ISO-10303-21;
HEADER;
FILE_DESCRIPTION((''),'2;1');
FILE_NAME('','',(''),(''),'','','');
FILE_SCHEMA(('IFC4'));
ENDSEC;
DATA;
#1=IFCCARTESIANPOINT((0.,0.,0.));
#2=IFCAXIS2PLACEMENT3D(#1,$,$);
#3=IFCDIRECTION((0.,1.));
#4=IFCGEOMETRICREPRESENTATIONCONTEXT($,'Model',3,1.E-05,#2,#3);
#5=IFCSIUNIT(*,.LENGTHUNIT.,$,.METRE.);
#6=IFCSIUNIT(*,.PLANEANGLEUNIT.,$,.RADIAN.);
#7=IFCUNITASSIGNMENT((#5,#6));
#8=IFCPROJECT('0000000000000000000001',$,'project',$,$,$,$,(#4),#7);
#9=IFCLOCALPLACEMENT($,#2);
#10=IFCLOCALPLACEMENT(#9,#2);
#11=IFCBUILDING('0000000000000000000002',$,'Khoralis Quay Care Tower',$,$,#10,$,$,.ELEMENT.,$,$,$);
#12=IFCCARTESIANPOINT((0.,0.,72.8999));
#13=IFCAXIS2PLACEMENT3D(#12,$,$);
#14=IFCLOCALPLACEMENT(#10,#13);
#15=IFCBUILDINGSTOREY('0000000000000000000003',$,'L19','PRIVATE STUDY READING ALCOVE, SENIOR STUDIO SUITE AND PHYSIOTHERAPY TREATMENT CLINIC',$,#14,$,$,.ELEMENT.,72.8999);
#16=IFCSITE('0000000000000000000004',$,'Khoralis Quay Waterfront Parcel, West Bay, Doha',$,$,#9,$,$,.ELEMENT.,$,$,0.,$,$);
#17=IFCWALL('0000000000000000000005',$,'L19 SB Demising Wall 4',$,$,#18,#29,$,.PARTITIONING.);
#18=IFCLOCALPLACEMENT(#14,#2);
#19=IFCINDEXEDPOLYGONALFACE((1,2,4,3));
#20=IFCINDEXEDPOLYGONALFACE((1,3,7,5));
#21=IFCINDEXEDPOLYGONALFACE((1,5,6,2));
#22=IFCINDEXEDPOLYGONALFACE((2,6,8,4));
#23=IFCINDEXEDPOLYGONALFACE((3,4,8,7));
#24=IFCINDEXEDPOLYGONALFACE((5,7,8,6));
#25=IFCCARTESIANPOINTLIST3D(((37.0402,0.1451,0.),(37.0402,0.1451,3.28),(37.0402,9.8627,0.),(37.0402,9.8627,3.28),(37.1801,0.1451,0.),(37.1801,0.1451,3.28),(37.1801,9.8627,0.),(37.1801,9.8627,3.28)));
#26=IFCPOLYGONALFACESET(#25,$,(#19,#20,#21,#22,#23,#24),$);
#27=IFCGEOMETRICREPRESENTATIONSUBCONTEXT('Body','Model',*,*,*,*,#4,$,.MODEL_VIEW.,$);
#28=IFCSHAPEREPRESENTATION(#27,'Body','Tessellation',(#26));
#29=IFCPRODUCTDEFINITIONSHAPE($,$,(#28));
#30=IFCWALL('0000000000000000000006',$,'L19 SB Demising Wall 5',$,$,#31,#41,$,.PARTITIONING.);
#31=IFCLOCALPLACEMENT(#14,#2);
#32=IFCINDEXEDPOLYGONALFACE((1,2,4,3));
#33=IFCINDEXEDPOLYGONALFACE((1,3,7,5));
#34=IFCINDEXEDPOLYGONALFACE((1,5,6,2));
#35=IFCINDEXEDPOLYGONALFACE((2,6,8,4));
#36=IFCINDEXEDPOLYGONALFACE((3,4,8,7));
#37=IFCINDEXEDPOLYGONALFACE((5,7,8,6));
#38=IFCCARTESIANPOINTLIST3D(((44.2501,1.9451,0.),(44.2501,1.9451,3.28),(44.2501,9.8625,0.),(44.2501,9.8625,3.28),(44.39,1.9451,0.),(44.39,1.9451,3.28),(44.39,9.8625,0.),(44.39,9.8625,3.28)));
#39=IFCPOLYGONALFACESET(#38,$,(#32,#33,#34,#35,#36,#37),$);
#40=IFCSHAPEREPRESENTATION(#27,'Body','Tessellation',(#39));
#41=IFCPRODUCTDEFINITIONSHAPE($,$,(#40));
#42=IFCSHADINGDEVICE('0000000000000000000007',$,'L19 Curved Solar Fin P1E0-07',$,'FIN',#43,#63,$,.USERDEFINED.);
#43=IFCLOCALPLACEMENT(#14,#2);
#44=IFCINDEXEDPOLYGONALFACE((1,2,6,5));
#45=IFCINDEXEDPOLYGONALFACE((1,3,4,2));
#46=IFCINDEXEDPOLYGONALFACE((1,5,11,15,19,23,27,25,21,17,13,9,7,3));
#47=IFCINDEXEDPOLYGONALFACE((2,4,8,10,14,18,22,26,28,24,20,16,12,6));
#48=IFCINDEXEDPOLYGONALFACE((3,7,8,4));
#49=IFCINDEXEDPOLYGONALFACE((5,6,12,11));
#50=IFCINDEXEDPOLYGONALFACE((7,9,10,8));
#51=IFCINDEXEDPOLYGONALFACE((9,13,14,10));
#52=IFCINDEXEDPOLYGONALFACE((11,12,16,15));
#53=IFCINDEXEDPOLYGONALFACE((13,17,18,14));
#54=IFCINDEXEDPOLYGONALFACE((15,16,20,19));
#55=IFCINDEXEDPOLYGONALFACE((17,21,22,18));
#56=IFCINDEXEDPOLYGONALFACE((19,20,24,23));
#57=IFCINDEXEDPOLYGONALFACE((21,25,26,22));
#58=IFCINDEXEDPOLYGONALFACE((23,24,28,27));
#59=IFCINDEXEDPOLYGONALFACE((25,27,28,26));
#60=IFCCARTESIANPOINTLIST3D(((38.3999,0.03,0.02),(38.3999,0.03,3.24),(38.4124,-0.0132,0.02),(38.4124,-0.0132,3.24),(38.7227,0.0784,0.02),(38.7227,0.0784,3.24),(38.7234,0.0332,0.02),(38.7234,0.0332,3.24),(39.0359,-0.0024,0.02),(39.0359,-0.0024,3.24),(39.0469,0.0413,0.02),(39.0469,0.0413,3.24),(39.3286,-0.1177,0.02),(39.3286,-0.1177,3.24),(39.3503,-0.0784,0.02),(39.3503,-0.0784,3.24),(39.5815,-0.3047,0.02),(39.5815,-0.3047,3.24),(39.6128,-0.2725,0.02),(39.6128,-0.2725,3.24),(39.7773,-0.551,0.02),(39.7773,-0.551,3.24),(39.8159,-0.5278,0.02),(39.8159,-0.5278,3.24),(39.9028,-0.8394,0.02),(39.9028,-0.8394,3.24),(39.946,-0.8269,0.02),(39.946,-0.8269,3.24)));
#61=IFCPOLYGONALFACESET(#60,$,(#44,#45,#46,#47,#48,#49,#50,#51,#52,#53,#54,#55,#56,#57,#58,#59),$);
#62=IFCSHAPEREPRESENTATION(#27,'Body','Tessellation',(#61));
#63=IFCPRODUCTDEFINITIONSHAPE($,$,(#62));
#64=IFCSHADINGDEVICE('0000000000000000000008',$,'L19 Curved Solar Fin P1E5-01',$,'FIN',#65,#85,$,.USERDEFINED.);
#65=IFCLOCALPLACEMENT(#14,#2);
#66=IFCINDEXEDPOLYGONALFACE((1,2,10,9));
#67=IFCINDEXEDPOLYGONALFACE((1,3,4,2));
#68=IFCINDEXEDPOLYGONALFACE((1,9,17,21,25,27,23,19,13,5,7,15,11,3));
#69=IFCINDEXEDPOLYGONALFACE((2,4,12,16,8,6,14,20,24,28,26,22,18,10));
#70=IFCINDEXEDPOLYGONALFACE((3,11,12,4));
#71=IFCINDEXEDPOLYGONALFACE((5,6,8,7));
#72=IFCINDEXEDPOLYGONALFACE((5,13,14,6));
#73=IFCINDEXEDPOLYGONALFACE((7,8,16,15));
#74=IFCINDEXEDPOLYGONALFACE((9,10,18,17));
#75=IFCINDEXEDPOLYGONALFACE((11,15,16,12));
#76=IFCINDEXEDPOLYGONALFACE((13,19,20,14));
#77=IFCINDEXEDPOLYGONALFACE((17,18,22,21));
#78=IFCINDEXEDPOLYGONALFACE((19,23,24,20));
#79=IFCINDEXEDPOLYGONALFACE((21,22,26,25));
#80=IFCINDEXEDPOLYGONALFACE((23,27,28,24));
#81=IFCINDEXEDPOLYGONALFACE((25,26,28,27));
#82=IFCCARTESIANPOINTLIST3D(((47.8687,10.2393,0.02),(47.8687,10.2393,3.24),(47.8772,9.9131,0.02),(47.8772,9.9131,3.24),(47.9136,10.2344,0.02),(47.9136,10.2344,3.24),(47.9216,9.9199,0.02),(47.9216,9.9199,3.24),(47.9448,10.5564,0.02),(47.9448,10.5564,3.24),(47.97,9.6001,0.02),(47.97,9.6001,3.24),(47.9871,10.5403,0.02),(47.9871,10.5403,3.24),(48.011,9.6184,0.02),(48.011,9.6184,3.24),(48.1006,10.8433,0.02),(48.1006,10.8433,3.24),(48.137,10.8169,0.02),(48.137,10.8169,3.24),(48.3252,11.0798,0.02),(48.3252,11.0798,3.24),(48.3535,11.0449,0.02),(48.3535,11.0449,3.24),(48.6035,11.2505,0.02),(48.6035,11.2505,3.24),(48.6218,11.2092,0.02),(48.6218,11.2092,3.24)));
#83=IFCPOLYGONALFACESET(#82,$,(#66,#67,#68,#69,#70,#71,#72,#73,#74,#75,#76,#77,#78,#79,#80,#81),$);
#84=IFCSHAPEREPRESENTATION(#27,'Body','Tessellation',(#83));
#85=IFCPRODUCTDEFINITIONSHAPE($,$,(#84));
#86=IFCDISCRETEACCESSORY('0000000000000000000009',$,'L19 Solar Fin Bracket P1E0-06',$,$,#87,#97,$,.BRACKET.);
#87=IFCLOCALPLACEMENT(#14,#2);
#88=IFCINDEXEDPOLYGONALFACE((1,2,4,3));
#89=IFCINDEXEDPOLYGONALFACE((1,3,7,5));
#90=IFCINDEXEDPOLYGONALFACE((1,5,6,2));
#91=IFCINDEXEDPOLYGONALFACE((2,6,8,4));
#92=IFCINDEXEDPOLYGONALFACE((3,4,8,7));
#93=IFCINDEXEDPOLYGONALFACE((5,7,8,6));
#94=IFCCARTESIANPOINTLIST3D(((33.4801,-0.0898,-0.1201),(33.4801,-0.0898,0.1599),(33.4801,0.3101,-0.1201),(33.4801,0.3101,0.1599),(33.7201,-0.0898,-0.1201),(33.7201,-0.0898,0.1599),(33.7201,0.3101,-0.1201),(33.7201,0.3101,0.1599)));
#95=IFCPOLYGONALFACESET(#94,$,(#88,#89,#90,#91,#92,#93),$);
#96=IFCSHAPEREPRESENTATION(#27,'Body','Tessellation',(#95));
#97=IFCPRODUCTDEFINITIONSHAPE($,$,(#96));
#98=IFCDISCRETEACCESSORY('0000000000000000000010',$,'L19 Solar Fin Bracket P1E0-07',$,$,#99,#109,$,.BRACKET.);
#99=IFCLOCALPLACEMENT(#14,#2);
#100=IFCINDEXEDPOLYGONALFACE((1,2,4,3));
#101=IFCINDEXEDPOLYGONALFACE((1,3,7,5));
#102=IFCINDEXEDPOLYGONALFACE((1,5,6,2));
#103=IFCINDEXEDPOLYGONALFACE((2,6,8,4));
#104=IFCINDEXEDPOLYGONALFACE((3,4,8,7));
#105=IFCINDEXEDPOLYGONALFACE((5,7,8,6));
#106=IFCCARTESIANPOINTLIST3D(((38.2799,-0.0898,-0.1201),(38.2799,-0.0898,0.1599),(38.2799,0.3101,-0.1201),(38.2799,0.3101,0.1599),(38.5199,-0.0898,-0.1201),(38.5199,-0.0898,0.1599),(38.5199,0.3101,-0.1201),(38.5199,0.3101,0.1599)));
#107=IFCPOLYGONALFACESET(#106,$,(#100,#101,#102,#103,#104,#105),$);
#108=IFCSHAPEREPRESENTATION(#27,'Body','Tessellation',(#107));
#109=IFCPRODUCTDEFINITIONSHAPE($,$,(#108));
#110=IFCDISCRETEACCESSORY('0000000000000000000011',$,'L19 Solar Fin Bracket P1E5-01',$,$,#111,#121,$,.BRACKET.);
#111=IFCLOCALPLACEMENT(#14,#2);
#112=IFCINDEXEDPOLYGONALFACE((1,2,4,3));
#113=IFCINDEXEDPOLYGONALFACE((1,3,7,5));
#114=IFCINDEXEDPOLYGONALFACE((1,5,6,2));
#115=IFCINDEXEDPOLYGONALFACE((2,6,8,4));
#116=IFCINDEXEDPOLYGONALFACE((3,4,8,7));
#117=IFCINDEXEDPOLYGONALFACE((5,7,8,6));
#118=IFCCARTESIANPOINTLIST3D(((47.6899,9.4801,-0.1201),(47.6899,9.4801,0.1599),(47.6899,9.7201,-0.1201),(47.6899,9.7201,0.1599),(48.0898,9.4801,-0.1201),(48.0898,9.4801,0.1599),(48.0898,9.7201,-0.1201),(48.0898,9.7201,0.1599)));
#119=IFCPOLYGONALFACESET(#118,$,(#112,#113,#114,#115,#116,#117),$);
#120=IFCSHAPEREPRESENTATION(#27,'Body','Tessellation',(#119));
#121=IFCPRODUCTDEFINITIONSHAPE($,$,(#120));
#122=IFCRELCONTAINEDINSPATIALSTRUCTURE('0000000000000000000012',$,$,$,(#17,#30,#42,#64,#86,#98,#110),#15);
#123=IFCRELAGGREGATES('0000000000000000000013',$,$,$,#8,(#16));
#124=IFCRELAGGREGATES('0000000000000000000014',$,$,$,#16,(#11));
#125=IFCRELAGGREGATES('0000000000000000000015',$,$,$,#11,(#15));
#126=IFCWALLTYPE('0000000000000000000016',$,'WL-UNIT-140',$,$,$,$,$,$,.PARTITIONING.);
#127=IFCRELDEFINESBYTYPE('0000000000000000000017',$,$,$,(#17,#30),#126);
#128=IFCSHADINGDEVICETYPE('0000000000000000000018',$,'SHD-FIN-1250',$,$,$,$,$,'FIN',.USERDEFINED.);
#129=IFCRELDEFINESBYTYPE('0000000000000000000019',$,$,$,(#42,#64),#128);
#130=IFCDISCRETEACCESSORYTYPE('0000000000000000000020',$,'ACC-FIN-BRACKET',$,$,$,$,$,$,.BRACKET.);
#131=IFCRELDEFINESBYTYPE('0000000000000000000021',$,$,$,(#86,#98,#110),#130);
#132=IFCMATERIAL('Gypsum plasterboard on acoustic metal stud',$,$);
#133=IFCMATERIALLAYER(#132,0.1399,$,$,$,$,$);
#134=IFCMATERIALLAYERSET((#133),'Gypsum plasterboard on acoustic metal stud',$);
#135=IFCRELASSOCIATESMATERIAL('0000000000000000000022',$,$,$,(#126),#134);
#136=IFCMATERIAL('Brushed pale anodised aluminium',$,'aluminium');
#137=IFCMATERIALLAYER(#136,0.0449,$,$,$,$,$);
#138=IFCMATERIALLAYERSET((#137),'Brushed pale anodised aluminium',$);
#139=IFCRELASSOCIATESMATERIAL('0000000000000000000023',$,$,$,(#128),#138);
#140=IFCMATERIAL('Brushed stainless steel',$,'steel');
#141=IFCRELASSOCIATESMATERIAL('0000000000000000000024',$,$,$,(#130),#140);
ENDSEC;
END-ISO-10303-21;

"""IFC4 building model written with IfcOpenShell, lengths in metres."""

from ifc_helpers import new_model, si_unit, direction, frame, frame_2d, origin, origin_2d, place, context, subcontext, project, spatial, polyline, rectangle, outline, extrude, source, transform, mapped, material, layer, layer_set, type_object, element, save


model = new_model("IFC4")

# Units and contexts
model_context = context("Model", 3, precision=1e-05, world=origin(), true_north=direction((0.0, 1.0)))
body_context = subcontext(model_context, "Body", "Model", "MODEL_VIEW")
ifc_project = project(units=[si_unit("LENGTHUNIT", "METRE"), si_unit("PLANEANGLEUNIT", "RADIAN")], contexts=[model_context])

# Site, building, storey
site_placement = place(None, origin())
site = spatial("IfcSite", under=ifc_project, at=site_placement, Name="Khoralis Quay Waterfront Parcel, West Bay, Doha", CompositionType="ELEMENT", RefElevation=0.0)
building_placement = place(site_placement, origin())
building = spatial("IfcBuilding", under=site, at=building_placement, Name="Khoralis Quay Care Tower", CompositionType="ELEMENT")
storey_placement = place(building_placement, frame((0.0, 0.0, 72.8999)))
storey = spatial("IfcBuildingStorey", under=building, at=storey_placement, Name="L19", Description="PRIVATE STUDY READING ALCOVE, SENIOR STUDIO SUITE AND PHYSIOTHERAPY TREATMENT CLINIC", CompositionType="ELEMENT", Elevation=72.8999)

# Shared definitions
ifc_material_1 = material(Name="Gypsum plasterboard on acoustic metal stud")

# Walls
ifc_layer_1 = layer(ifc_material_1, 0.1399)
ifc_layer_set_1 = layer_set([ifc_layer_1], Name="Gypsum plasterboard on acoustic metal stud")
wall_type_1 = type_object("IfcWallType", Name="WL-UNIT-140", PredefinedType="PARTITIONING", material=ifc_layer_set_1)
wall_1_placement = place(storey_placement, frame((37.1101, 0.145, 0.0), z_axis=(0.0, 0.0, 1.0), x_axis=(0.0, 1.0, 0.0)))
element("IfcWall", 1, at=wall_1_placement, inside=storey, type_object=wall_type_1, Name="L19 SB Demising Wall 4", PredefinedType="PARTITIONING", context=body_context, shape_type="SweptSolid", body=[
    extrude(rectangle(XDim=9.7175, YDim=0.1399, at=frame_2d((4.8589, 0.0))), origin(), (0.0, 0.0, 1.0), 3.28),
])
wall_2_placement = place(storey_placement, frame((44.3201, 1.9451, 0.0), z_axis=(0.0, 0.0, 1.0), x_axis=(0.0, 1.0, 0.0)))
element("IfcWall", 2, at=wall_2_placement, inside=storey, type_object=wall_type_1, Name="L19 SB Demising Wall 5", PredefinedType="PARTITIONING", context=body_context, shape_type="SweptSolid", body=[
    extrude(rectangle(XDim=7.9175, YDim=0.1399, at=frame_2d((3.9587, 0.0))), origin(), (0.0, 0.0, 1.0), 3.28),
])

# Shading devices
ifc_material_2 = material(Name="Brushed pale anodised aluminium", Category="aluminium")
ifc_layer_2 = layer(ifc_material_2, 0.0449)
ifc_layer_set_2 = layer_set([ifc_layer_2], Name="Brushed pale anodised aluminium")
shading_device_type = type_object("IfcShadingDeviceType", Name="SHD-FIN-1250", ElementType="FIN", PredefinedType="USERDEFINED", material=ifc_layer_set_2)
shared_shape_1 = source(origin(), body_context, "Body", "SweptSolid", [
    extrude(outline(polyline([(0.0, 0.0), (-0.0483, 0.3228), (-0.0112, 0.647), (0.1084, 0.9504), (0.3025, 1.2129), (0.5579, 1.416), (0.8569, 1.5461), (0.8694, 1.5029), (0.5811, 1.3774), (0.3347, 1.1816), (0.1477, 0.9287), (0.0325, 0.636), (-0.0032, 0.3235), (0.0432, 0.0125), (0.0, 0.0)])), origin(), (0.0, 0.0, 1.0), 3.22),
])
shading_device_1_placement = place(storey_placement, frame((38.3999, 0.03, 0.02), z_axis=(0.0, 0.0, 1.0), x_axis=(0.0, -1.0, 0.0)))
element("IfcShadingDevice", 3, at=shading_device_1_placement, inside=storey, type_object=shading_device_type, Name="L19 Curved Solar Fin P1E0-07", ObjectType="FIN", PredefinedType="USERDEFINED", context=body_context, shape_type="MappedRepresentation", body=[
    mapped(shared_shape_1, transform((0.0, 0.0, 0.0), scale=1.0)),
])
shared_shape_2 = source(origin(), body_context, "Body", "SweptSolid", [
    extrude(outline(polyline([(0.0, 0.0), (-0.0928, 0.313), (-0.1013, 0.6392), (-0.0251, 0.9563), (0.1306, 1.2432), (0.3552, 1.4797), (0.6335, 1.6504), (0.6519, 1.6091), (0.3835, 1.4448), (0.167, 1.2168), (0.0171, 0.9402), (-0.0564, 0.6343), (-0.0483, 0.3198), (0.041, 0.0183), (0.0, 0.0)])), origin(), (0.0, 0.0, 1.0), 3.22),
])
shading_device_2_placement = place(storey_placement, frame((47.97, 9.6001, 0.02), z_axis=(0.0, 0.0, 1.0), x_axis=(1.0, 0.0, 0.0)))
element("IfcShadingDevice", 4, at=shading_device_2_placement, inside=storey, type_object=shading_device_type, Name="L19 Curved Solar Fin P1E5-01", ObjectType="FIN", PredefinedType="USERDEFINED", context=body_context, shape_type="MappedRepresentation", body=[
    mapped(shared_shape_2, transform((0.0, 0.0, 0.0), scale=1.0)),
])

# Discrete accessories
ifc_material_3 = material(Name="Brushed stainless steel", Category="steel")
discrete_accessory_type = type_object("IfcDiscreteAccessoryType", Name="ACC-FIN-BRACKET", PredefinedType="BRACKET", material=ifc_material_3)
shared_shape_3 = source(origin(), body_context, "Body", "SweptSolid", [
    extrude(rectangle(XDim=0.3999, YDim=0.24, at=origin_2d()), origin(), (0.0, 0.0, 1.0), 0.28),
])
for number, where, z_axis, x_axis, name in (
    (5, (33.6001, 0.1101, -0.1201), (0.0, 0.0, 1.0), (0.0, -1.0, 0.0), "L19 Solar Fin Bracket P1E0-06"),
    (6, (38.3999, 0.1101, -0.1201), (0.0, 0.0, 1.0), (0.0, -1.0, 0.0), "L19 Solar Fin Bracket P1E0-07"),
    (7, (47.8899, 9.6001, -0.1201), (0.0, 0.0, 1.0), (1.0, 0.0, 0.0), "L19 Solar Fin Bracket P1E5-01"),
):
    element("IfcDiscreteAccessory", number, at=place(storey_placement, frame(where, z_axis=z_axis, x_axis=x_axis)), inside=storey, type_object=discrete_accessory_type, Name=name, PredefinedType="BRACKET", context=body_context, shape_type="MappedRepresentation", body=[
        mapped(shared_shape_3, transform((0.0, 0.0, 0.0), scale=1.0)),
    ])

save(model, "model.ifc")
